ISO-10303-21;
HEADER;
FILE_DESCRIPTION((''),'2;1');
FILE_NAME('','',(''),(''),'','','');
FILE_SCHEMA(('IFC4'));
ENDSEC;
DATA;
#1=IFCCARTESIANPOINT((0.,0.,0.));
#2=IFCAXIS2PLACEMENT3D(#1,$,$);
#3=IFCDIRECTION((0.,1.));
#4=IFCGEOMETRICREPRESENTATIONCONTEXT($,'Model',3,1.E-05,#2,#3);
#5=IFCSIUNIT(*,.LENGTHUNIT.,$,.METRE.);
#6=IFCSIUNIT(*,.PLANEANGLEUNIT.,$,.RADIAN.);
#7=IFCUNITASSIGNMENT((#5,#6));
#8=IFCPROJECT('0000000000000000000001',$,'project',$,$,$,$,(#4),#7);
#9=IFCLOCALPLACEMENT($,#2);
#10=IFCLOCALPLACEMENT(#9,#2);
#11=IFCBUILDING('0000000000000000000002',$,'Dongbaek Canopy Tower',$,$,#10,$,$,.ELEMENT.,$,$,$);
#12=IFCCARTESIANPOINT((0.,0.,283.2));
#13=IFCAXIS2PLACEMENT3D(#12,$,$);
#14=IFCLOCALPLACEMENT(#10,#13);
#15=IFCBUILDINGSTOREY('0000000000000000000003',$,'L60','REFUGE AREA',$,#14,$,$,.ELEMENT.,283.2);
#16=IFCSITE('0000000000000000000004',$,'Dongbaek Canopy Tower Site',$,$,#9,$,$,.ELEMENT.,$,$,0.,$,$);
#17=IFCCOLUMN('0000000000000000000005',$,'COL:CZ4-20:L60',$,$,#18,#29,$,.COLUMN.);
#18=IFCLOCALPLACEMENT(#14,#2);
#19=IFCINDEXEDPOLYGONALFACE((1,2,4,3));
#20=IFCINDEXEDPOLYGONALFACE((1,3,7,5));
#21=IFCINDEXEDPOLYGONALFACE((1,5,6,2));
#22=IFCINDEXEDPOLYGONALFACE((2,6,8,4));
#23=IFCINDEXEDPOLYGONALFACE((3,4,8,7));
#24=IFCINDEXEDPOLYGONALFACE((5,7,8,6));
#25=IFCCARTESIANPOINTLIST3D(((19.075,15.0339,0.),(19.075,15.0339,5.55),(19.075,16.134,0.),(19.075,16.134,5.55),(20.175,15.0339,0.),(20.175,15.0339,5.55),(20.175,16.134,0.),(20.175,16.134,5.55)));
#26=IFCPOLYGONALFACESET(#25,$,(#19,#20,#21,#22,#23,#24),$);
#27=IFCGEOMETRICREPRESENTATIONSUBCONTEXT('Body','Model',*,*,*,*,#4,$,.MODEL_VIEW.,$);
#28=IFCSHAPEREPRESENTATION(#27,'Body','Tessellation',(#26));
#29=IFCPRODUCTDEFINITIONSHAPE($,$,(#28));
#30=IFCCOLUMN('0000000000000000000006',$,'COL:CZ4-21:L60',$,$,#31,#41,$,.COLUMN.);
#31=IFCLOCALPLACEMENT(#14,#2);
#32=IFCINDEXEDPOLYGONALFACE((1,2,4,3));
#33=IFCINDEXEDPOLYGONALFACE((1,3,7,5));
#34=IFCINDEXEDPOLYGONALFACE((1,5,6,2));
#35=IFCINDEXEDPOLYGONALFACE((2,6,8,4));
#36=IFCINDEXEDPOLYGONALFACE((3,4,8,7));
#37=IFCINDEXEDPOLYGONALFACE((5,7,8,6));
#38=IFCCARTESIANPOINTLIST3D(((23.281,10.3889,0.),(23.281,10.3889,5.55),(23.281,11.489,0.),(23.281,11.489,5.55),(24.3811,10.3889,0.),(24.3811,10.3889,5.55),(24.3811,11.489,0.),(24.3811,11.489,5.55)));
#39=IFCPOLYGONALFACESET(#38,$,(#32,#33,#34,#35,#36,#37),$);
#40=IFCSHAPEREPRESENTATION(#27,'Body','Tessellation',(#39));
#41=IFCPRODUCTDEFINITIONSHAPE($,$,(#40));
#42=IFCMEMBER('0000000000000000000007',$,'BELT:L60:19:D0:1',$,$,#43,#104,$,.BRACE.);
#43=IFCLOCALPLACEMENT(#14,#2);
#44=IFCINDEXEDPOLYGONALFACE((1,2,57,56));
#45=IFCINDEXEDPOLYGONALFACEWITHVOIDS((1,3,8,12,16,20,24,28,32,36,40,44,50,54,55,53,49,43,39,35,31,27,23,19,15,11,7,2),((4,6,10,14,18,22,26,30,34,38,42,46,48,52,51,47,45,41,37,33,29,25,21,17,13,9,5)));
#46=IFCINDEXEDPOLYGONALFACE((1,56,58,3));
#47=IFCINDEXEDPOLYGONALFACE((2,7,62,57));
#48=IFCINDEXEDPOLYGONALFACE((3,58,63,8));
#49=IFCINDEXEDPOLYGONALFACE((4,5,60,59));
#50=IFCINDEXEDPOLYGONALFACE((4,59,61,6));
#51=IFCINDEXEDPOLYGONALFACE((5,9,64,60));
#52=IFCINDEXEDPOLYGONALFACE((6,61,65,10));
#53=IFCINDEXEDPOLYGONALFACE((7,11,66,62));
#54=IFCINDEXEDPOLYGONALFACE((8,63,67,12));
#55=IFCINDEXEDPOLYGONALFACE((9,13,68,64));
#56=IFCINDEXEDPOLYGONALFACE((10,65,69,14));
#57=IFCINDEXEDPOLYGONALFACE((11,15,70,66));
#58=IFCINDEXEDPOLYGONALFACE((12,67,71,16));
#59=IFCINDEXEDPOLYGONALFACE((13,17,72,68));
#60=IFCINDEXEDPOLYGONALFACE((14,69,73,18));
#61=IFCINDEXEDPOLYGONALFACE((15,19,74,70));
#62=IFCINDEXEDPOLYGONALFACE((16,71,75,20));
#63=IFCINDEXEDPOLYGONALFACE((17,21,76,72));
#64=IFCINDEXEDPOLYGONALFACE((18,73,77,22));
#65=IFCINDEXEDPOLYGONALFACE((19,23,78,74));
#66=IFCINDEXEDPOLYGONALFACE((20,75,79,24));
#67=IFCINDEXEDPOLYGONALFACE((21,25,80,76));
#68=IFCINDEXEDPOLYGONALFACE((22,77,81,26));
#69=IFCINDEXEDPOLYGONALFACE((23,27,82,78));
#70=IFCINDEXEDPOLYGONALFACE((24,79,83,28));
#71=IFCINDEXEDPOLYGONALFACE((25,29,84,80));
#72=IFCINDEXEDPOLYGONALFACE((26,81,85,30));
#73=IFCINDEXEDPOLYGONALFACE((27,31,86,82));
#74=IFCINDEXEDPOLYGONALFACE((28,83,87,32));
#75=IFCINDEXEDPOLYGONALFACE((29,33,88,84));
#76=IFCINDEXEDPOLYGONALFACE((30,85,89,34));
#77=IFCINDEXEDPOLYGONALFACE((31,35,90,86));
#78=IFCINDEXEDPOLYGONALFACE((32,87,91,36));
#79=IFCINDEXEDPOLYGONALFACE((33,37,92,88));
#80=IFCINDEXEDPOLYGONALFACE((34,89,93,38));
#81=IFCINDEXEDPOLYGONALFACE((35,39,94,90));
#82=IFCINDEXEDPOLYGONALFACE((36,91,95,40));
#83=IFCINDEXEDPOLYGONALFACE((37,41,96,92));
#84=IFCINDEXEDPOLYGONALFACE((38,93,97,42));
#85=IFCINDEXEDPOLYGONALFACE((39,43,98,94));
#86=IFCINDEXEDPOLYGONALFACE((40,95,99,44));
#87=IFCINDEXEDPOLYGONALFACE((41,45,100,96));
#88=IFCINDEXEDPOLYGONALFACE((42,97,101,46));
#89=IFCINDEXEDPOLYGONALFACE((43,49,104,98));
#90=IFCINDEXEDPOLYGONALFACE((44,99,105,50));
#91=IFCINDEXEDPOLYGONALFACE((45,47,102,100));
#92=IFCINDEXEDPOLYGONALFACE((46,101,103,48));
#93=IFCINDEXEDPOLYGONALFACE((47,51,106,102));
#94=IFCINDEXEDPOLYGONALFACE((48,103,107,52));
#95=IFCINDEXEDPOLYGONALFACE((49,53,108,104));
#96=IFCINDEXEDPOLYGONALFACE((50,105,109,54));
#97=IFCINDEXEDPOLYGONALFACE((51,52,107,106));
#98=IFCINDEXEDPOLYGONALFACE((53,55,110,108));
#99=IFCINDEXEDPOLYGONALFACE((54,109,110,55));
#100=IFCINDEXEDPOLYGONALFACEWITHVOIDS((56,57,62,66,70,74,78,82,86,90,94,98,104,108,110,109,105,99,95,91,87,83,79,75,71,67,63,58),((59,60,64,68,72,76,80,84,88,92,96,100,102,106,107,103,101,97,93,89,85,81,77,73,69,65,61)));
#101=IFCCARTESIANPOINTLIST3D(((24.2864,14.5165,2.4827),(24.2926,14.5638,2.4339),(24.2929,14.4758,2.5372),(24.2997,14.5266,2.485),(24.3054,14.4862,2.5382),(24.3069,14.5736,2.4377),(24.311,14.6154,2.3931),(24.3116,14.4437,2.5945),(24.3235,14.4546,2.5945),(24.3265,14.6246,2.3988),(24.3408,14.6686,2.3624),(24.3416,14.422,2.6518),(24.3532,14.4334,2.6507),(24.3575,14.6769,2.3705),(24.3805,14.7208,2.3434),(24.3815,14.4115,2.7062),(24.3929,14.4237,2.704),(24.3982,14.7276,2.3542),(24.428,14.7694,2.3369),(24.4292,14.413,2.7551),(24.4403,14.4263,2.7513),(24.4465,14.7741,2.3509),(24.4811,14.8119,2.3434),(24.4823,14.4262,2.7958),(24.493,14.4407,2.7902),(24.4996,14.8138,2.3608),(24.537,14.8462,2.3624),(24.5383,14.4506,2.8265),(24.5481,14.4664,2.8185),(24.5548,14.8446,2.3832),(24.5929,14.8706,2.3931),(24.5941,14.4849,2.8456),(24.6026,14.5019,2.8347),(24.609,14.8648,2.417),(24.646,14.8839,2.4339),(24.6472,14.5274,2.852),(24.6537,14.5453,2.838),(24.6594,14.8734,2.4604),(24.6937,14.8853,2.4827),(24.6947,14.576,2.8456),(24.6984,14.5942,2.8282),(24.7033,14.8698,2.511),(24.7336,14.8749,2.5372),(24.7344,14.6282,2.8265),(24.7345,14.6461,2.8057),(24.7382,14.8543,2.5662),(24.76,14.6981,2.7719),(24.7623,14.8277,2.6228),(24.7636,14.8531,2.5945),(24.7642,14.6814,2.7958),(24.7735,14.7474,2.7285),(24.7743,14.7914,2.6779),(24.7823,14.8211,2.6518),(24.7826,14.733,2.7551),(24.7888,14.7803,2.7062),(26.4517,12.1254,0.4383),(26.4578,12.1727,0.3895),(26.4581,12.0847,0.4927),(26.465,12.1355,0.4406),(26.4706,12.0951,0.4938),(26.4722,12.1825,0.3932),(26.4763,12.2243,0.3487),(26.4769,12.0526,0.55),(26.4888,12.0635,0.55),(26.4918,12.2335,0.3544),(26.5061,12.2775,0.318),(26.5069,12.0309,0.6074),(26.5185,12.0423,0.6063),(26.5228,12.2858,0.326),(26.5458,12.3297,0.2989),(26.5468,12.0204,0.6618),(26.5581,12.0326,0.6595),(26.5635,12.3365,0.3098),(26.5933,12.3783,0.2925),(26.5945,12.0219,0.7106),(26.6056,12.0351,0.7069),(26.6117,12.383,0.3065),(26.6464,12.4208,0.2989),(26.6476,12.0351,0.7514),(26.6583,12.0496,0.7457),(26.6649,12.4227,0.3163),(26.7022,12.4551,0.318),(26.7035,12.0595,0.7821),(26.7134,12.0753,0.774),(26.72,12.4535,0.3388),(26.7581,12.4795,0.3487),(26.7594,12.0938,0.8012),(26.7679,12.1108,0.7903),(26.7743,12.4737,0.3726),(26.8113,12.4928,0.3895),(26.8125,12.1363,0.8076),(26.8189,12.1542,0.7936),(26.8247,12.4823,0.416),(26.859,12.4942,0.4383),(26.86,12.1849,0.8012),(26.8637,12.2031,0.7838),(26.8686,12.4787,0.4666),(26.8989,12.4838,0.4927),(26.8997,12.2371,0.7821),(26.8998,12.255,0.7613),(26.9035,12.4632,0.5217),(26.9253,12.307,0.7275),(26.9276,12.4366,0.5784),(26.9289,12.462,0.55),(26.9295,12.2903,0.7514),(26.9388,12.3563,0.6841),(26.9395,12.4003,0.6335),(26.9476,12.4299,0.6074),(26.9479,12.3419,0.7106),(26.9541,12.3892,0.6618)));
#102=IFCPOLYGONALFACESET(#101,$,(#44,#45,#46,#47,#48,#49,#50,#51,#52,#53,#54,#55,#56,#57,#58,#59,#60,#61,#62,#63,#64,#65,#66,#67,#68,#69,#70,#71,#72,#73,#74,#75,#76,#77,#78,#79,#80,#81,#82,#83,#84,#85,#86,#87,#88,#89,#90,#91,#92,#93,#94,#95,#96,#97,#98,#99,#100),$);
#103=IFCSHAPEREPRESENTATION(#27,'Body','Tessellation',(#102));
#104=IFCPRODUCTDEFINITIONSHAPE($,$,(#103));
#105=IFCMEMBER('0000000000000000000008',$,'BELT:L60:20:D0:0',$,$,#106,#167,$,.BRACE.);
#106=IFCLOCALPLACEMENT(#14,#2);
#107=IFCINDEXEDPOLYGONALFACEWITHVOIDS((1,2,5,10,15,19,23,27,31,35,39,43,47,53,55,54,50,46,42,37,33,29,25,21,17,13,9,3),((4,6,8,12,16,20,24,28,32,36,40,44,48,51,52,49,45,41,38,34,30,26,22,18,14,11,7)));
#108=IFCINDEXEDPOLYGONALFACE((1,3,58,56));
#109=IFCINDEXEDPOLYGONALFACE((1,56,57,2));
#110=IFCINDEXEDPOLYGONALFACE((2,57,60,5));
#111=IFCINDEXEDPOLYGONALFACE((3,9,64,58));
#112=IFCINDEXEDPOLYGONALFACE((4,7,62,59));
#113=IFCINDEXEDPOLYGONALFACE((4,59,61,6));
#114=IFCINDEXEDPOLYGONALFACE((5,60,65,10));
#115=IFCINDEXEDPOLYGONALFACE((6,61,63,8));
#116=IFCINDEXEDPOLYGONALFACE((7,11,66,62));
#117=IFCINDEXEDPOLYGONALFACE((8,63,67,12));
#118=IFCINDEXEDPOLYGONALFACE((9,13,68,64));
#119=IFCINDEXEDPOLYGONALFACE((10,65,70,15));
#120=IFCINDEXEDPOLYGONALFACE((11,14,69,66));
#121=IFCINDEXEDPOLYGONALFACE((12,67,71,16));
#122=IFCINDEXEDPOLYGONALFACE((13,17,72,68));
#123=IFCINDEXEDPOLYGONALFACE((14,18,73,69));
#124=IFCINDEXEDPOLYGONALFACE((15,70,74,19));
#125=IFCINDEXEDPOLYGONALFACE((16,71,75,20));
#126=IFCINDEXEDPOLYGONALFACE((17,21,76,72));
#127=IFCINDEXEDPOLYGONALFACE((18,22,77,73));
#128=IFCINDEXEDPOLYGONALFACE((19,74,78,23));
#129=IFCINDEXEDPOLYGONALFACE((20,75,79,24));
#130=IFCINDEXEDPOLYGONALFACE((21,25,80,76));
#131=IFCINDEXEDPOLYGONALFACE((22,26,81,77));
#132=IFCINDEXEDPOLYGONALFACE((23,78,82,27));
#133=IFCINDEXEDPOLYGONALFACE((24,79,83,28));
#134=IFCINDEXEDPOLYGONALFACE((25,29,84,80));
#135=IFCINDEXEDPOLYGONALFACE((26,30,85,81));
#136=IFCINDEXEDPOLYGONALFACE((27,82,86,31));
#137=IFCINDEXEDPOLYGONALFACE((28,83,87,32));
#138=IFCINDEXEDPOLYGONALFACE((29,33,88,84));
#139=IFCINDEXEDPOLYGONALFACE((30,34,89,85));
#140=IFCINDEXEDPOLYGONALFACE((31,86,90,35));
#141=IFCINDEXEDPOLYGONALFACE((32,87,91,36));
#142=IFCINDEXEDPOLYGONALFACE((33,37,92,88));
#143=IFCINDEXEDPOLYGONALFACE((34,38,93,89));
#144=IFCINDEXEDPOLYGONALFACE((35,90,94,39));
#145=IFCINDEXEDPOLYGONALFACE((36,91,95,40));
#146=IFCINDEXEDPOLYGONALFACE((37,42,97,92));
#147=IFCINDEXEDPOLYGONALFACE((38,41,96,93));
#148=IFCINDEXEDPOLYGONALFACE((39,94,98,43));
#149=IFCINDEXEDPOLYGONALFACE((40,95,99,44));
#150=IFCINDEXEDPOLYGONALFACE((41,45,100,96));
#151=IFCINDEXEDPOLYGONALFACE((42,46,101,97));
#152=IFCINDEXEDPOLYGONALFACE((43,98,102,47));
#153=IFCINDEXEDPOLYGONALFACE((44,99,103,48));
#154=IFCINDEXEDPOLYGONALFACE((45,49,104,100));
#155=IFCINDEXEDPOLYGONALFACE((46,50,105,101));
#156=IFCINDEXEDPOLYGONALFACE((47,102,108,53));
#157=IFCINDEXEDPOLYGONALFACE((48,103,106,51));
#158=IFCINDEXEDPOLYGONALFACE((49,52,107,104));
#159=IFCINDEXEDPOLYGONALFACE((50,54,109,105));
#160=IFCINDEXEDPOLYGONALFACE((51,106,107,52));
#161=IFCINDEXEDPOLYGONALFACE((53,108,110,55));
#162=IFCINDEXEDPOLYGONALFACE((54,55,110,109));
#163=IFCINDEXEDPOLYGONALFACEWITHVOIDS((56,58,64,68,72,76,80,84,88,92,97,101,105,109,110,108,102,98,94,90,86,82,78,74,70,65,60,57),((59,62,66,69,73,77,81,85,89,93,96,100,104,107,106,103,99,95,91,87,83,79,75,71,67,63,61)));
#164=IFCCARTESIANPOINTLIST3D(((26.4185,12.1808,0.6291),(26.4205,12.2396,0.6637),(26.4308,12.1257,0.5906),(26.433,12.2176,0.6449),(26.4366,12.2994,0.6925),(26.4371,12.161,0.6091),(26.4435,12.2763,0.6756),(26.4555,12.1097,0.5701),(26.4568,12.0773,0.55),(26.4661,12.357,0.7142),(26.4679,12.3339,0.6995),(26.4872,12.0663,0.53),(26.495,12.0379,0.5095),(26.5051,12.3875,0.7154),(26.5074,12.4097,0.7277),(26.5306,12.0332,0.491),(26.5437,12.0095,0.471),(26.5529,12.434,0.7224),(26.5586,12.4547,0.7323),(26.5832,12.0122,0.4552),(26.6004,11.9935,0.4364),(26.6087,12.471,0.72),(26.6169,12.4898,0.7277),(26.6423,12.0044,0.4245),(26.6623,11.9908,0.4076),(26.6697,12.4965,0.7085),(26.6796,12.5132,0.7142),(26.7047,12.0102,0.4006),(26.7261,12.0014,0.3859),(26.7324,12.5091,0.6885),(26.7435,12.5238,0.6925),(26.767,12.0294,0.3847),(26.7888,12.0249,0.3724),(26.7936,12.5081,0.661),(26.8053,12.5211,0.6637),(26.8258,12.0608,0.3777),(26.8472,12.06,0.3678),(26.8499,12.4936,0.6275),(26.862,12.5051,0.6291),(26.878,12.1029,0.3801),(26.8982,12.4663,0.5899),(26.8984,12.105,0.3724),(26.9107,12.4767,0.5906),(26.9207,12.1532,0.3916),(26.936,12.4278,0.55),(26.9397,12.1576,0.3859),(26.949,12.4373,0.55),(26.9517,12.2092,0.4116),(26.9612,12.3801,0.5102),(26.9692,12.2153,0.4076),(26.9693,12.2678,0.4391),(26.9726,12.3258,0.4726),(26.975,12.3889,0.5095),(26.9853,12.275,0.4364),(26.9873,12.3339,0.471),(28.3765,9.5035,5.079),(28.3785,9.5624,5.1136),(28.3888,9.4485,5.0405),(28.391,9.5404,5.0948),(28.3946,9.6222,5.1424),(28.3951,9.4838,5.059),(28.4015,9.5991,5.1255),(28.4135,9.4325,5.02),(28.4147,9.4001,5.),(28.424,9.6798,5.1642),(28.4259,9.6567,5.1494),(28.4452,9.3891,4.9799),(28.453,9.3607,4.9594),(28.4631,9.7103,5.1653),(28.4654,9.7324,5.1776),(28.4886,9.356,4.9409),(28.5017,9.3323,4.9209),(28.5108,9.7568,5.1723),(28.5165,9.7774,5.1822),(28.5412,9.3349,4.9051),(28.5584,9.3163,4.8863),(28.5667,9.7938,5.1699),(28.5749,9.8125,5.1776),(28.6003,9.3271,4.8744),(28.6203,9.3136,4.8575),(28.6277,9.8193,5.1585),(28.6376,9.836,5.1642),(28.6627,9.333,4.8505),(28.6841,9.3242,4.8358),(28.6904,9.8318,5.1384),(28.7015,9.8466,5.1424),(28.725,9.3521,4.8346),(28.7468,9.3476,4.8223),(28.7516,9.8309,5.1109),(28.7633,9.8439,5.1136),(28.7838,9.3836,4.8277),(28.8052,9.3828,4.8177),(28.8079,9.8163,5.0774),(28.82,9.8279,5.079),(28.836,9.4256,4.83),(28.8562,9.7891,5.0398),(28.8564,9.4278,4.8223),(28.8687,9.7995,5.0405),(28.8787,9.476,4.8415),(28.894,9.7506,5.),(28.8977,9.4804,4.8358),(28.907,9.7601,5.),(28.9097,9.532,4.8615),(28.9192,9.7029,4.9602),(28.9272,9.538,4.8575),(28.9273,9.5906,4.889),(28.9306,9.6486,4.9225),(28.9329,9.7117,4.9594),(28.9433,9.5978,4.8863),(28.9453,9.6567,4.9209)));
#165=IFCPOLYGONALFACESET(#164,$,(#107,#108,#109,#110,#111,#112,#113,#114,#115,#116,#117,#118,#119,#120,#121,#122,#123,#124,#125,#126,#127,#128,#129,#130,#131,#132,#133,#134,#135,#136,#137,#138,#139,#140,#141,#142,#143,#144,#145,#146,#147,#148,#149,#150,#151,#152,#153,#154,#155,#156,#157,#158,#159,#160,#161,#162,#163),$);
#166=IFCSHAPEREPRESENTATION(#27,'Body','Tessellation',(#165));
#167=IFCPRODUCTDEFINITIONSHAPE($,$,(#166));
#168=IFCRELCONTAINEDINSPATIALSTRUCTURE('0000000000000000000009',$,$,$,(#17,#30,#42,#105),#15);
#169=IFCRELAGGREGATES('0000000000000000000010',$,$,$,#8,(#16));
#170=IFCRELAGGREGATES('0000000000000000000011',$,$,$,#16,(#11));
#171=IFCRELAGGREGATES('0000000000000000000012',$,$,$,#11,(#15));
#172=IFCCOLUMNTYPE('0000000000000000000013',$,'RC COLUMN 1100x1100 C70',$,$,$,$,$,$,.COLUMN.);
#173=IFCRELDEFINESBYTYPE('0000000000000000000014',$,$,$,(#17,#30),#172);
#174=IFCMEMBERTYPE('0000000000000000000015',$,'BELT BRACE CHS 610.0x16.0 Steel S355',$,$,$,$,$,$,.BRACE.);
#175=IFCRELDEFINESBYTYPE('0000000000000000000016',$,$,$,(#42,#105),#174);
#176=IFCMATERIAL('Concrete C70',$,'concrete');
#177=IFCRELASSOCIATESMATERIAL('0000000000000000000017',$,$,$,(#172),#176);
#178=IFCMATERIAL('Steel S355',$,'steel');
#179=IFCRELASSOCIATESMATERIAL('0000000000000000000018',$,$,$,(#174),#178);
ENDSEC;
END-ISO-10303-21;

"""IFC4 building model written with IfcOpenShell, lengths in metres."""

from ifc_helpers import new_model, si_unit, direction, frame, origin, origin_2d, place, context, subcontext, project, spatial, rectangle, hollow_circle, extrude, material, material_profile, profile_set, type_object, element, save


model = new_model("IFC4")

# Units and contexts
model_context = context("Model", 3, precision=1e-05, world=origin(), true_north=direction((0.0, 1.0)))
body_context = subcontext(model_context, "Body", "Model", "MODEL_VIEW")
ifc_project = project(units=[si_unit("LENGTHUNIT", "METRE"), si_unit("PLANEANGLEUNIT", "RADIAN")], contexts=[model_context])

# Site, building, storey
site_placement = place(None, origin())
site = spatial("IfcSite", under=ifc_project, at=site_placement, Name="Dongbaek Canopy Tower Site", CompositionType="ELEMENT", RefElevation=0.0)
building_placement = place(site_placement, origin())
building = spatial("IfcBuilding", under=site, at=building_placement, Name="Dongbaek Canopy Tower", CompositionType="ELEMENT")
storey_placement = place(building_placement, frame((0.0, 0.0, 283.2)))
storey = spatial("IfcBuildingStorey", under=building, at=storey_placement, Name="L60", Description="REFUGE AREA", CompositionType="ELEMENT", Elevation=283.2)

# Columns
ifc_material_1 = material(Name="Concrete C70", Category="concrete")
ifc_material_profile_1 = material_profile(ifc_material_1, rectangle(XDim=1.1001, YDim=1.1001, at=origin_2d()), Name="RC COLUMN 1100x1100 C70")
ifc_profile_set_1 = profile_set([ifc_material_profile_1], Name="Concrete C70")
column_type = type_object("IfcColumnType", Name="RC COLUMN 1100x1100 C70", PredefinedType="COLUMN", material=ifc_profile_set_1)
for number, where, z_axis, x_axis, name in (
    (1, (19.625, 15.584, 0.0), (0.0, 0.0, 1.0), (1.0, 0.0, 0.0), "COL:CZ4-20:L60"),
    (2, (23.8311, 10.939, 0.0), (0.0, 0.0, 1.0), (1.0, 0.0, 0.0), "COL:CZ4-21:L60"),
):
    element("IfcColumn", number, at=place(storey_placement, frame(where, z_axis=z_axis, x_axis=x_axis)), inside=storey, type_object=column_type, Name=name, PredefinedType="COLUMN", context=body_context, shape_type="SweptSolid", body=[
        extrude(rectangle(XDim=1.1001, YDim=1.1001, at=origin_2d()), origin(), (0.0, 0.0, 1.0), 5.55),
    ])

# Members
ifc_material_2 = material(Name="Steel S355", Category="steel")
ifc_material_profile_2 = material_profile(ifc_material_2, hollow_circle(Radius=0.3049, WallThickness=0.0161, at=origin_2d()), Name="BELT BRACE CHS 610.0x16.0 Steel S355")
ifc_profile_set_2 = profile_set([ifc_material_profile_2], Name="Steel S355")
member_type_1 = type_object("IfcMemberType", Name="BELT BRACE CHS 610.0x16.0 Steel S355", PredefinedType="BRACE", material=ifc_profile_set_2)
member_1_placement = place(storey_placement, frame((26.7029, 12.2573, 0.55), z_axis=(-0.566961, 0.626092, 0.535317), x_axis=(-0.741243, -0.671236, 0.0)))
element("IfcMember", 3, at=member_1_placement, inside=storey, type_object=member_type_1, Name="BELT:L60:19:D0:1", PredefinedType="BRACE", context=body_context, shape_type="SweptSolid", body=[
    extrude(hollow_circle(Radius=0.3049, WallThickness=0.0161, at=origin_2d()), origin(), (0.0, 0.0, 1.0), 3.8191),
])
member_2_placement = place(storey_placement, frame((26.7029, 12.2573, 0.55), z_axis=(0.352788, -0.482379, 0.80178), x_axis=(0.807167, 0.590323, 0.0)))
element("IfcMember", 4, at=member_2_placement, inside=storey, type_object=member_type_1, Name="BELT:L60:20:D0:0", PredefinedType="BRACE", context=body_context, shape_type="SweptSolid", body=[
    extrude(hollow_circle(Radius=0.3049, WallThickness=0.0161, at=origin_2d()), origin(), (0.0, 0.0, 1.0), 5.55),
])

save(model, "model.ifc")
